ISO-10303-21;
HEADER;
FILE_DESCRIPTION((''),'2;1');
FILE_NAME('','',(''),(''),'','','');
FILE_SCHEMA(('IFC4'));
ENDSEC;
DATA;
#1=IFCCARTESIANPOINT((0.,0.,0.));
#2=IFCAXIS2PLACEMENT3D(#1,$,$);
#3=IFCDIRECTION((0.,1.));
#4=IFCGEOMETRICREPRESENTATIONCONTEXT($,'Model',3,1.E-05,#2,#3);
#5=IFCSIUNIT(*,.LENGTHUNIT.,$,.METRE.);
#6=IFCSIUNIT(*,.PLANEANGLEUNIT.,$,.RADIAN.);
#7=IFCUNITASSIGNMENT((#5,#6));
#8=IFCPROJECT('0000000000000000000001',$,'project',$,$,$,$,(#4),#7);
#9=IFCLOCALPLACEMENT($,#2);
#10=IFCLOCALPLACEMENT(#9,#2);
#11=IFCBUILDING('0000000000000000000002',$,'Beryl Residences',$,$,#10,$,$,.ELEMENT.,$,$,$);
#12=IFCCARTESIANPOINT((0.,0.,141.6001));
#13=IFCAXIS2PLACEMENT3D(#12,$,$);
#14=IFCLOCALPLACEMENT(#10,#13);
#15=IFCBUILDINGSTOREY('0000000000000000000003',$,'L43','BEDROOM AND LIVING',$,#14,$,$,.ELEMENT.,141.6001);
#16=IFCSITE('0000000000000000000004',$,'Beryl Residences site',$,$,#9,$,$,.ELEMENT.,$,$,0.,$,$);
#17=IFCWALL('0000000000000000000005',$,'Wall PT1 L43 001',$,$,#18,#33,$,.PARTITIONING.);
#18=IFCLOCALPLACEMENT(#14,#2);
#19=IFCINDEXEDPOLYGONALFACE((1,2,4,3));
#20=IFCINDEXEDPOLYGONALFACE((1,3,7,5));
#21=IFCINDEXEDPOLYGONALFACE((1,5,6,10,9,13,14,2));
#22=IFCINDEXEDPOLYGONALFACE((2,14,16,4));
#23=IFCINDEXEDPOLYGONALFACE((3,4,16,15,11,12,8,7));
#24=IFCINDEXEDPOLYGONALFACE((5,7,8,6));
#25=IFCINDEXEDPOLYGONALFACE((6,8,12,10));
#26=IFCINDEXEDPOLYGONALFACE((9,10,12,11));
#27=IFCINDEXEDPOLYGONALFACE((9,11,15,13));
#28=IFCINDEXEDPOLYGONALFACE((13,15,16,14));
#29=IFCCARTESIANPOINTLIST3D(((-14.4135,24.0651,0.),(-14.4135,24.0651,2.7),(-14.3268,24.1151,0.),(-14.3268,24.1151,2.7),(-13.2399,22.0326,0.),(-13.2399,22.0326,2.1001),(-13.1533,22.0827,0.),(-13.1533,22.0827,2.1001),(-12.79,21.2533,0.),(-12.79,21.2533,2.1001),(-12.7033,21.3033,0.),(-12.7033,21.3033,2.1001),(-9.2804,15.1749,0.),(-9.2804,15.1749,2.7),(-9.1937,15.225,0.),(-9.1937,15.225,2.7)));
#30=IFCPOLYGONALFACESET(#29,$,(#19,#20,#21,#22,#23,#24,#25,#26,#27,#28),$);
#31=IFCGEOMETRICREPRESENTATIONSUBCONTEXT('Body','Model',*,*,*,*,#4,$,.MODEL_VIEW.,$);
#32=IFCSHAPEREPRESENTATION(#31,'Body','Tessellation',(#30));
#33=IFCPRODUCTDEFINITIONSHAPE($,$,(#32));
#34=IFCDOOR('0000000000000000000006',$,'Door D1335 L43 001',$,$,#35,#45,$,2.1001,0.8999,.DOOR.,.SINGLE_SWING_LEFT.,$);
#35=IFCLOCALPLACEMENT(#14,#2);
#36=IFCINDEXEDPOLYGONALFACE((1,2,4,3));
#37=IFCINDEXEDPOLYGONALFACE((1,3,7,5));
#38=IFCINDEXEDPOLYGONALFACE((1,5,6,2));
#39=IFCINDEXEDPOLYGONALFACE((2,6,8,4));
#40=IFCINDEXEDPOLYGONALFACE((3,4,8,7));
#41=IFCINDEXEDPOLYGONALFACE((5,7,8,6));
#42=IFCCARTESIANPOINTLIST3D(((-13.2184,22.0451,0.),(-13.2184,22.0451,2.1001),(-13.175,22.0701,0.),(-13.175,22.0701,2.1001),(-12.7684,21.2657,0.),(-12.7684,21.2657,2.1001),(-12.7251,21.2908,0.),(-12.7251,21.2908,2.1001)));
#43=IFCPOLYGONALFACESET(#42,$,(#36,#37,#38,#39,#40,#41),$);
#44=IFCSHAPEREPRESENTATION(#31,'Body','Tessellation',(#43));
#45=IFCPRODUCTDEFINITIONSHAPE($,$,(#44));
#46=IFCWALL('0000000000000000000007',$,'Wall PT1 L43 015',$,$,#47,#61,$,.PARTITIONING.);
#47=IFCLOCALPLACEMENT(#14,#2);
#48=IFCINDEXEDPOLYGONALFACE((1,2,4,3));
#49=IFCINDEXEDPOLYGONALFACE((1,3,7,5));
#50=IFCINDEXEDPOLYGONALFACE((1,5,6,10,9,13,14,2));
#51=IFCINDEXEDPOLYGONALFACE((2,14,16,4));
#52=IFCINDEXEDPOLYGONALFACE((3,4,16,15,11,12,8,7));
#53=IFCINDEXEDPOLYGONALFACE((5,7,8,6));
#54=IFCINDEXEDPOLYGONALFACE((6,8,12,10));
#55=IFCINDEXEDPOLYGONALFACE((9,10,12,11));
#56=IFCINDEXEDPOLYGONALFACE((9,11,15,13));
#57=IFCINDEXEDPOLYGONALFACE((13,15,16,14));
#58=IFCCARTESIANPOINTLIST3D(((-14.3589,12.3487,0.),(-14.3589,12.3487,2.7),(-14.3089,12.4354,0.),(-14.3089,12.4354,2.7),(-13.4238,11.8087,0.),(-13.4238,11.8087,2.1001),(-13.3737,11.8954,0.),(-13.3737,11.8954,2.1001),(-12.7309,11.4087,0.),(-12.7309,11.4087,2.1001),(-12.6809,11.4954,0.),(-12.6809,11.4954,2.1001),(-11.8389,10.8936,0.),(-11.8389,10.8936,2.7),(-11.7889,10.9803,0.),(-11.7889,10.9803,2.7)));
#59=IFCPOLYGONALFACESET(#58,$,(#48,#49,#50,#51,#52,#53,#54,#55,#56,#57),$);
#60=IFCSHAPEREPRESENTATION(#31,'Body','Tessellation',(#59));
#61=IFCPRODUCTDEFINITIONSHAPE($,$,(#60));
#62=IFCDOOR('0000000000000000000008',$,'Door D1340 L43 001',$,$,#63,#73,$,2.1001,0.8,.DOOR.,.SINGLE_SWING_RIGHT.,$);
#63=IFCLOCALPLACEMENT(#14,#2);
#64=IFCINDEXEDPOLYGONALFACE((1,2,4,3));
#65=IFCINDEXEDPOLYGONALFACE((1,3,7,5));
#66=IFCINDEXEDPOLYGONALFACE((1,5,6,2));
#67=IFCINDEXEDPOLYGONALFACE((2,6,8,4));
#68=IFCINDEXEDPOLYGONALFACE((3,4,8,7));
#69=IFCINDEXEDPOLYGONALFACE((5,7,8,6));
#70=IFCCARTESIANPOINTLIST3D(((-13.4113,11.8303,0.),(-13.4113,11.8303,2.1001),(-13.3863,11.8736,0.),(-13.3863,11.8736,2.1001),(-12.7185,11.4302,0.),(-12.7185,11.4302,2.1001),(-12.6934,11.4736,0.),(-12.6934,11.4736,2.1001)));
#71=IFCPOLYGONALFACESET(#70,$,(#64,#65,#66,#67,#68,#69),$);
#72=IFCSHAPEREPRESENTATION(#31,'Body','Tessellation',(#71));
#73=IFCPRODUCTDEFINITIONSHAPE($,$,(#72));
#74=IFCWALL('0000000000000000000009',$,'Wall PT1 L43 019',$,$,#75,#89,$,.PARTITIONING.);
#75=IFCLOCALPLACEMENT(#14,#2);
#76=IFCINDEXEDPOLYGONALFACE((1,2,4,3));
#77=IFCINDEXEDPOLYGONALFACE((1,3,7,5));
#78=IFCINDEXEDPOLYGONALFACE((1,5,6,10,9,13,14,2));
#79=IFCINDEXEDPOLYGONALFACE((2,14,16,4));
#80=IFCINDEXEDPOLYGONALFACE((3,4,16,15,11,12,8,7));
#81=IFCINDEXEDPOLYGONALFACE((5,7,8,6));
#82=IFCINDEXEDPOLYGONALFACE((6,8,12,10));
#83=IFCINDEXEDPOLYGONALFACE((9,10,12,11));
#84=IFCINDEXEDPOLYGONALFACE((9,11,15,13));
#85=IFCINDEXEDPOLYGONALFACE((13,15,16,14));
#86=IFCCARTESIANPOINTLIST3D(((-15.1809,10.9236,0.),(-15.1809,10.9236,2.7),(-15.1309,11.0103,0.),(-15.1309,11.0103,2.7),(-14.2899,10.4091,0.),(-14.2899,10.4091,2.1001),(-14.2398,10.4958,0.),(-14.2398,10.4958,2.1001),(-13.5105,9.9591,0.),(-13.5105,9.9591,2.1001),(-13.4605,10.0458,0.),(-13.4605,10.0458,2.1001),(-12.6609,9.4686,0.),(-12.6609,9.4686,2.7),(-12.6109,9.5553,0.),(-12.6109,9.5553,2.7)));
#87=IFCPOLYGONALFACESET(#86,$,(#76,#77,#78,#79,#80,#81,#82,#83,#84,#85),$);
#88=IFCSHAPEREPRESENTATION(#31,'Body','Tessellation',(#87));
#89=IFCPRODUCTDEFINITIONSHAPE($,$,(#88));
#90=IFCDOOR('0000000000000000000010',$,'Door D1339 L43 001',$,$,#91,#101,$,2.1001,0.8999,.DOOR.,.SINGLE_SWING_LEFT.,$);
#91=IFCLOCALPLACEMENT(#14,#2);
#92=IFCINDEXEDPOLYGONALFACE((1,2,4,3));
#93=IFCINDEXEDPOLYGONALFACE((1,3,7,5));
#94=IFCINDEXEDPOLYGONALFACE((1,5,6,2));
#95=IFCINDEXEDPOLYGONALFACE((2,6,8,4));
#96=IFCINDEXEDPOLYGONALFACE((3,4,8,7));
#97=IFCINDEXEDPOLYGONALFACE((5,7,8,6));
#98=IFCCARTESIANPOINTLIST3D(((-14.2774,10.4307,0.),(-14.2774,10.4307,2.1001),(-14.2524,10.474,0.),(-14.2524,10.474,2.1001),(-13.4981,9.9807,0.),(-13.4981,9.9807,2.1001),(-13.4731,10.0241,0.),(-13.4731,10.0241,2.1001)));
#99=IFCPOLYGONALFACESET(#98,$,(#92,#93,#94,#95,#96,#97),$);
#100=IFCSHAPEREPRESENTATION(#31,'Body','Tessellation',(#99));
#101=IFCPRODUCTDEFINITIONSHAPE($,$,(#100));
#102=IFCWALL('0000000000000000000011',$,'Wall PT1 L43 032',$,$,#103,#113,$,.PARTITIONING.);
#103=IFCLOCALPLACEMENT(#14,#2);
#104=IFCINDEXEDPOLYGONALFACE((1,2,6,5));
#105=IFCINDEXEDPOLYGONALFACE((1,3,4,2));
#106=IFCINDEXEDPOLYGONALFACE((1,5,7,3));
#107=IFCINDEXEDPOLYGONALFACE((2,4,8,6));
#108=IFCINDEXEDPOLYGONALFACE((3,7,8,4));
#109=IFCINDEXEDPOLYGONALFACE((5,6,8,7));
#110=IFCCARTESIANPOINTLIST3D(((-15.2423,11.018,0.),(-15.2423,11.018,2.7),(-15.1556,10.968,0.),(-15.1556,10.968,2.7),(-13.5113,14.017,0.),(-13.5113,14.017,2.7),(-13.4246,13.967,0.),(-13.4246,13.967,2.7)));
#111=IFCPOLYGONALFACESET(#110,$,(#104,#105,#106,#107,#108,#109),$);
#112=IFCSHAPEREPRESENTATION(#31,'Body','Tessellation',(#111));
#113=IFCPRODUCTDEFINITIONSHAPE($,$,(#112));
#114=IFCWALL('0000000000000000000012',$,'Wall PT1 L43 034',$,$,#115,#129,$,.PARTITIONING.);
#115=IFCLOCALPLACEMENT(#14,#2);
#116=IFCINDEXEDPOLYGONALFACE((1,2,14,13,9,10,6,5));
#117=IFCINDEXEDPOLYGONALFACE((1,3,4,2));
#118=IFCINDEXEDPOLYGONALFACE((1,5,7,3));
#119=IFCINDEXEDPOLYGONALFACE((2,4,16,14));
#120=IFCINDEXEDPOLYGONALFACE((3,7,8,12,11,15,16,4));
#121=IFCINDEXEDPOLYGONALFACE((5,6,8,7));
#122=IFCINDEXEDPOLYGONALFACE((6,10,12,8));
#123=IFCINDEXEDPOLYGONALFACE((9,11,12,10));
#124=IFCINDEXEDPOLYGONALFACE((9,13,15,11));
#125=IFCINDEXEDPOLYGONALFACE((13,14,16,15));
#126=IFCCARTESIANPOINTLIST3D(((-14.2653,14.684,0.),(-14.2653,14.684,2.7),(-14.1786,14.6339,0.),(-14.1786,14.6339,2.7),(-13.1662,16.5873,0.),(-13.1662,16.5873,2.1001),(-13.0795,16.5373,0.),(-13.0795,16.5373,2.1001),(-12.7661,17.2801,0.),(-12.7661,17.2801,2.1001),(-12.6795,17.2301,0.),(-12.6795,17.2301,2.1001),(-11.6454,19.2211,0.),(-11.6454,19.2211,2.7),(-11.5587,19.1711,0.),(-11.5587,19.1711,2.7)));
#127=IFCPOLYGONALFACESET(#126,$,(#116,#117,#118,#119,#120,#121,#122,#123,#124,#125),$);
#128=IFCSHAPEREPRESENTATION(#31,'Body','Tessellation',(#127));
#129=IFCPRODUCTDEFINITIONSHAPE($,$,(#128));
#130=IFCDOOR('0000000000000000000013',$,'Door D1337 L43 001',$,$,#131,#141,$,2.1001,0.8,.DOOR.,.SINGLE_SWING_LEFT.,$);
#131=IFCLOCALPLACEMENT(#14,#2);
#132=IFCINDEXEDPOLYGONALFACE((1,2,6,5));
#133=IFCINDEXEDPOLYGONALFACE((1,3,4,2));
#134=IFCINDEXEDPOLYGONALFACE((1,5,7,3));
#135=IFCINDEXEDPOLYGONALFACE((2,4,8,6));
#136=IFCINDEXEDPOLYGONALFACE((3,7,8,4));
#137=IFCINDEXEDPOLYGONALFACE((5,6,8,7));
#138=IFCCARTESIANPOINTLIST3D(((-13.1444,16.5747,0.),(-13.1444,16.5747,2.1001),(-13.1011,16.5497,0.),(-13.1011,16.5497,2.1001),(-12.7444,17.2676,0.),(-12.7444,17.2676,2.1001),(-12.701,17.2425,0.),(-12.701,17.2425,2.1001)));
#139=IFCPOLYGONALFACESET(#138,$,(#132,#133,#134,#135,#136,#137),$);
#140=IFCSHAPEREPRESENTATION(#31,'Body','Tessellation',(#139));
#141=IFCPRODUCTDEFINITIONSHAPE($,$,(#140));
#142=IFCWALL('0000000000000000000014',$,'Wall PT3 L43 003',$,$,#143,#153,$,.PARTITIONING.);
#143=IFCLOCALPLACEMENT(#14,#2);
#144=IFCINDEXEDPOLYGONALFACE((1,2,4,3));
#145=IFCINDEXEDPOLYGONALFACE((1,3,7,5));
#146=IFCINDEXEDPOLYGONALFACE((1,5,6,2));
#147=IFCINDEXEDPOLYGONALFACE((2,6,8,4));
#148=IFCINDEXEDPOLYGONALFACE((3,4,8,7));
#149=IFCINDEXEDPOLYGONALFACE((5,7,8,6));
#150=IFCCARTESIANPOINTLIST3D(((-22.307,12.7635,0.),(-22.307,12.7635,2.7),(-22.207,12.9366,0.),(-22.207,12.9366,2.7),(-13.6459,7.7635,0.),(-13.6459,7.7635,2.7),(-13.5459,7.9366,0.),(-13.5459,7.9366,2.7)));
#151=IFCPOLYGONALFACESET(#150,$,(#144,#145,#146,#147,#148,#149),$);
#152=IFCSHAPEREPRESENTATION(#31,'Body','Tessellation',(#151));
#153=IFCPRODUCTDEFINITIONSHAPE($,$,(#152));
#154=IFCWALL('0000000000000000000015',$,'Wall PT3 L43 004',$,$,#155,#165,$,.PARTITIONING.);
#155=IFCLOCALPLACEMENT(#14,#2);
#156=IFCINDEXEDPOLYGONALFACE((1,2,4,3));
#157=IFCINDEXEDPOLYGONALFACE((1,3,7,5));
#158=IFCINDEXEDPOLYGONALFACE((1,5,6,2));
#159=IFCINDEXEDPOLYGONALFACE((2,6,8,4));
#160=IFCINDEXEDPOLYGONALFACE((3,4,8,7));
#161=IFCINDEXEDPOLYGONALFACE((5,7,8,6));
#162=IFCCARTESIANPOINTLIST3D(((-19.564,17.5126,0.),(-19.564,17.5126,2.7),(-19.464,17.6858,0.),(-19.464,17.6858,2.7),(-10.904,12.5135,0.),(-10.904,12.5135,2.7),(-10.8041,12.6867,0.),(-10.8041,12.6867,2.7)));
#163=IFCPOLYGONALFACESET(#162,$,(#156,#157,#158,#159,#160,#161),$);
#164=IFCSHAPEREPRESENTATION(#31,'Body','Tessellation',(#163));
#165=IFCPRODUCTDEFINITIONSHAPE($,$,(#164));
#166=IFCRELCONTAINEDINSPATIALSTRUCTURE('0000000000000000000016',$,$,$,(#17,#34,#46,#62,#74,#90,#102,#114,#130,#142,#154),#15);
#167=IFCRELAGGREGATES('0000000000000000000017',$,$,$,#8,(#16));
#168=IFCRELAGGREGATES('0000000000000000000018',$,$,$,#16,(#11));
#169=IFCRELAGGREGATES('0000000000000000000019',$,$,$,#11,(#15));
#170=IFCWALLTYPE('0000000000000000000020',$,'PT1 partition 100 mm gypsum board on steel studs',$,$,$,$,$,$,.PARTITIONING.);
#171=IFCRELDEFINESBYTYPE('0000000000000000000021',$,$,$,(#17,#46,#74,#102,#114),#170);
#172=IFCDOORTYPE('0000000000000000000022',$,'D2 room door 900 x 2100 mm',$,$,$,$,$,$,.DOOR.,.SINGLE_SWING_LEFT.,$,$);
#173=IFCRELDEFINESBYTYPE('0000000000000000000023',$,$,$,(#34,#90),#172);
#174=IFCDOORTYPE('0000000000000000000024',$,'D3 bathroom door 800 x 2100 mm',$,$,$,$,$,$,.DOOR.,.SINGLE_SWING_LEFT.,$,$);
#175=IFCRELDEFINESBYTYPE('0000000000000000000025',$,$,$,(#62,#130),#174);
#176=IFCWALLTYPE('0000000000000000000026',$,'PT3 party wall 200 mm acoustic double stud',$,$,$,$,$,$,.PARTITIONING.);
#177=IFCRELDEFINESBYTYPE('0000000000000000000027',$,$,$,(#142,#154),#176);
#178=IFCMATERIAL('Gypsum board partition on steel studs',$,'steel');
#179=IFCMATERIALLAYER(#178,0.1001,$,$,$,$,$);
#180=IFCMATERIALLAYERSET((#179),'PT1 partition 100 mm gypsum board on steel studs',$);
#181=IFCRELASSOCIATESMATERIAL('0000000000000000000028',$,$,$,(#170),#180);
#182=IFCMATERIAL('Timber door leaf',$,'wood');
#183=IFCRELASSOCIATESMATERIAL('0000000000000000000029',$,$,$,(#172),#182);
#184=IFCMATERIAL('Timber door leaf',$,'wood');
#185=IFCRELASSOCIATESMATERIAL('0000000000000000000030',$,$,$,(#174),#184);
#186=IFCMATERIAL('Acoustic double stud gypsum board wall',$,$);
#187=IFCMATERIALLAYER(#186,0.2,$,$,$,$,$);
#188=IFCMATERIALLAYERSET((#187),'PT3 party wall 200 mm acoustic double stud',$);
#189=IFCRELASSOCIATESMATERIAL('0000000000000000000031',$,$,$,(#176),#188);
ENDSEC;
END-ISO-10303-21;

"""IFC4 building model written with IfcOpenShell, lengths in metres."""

from ifc_helpers import new_model, si_unit, direction, frame, frame_2d, origin, place, context, subcontext, project, spatial, rectangle, extrude, material, layer, layer_set, type_object, element, fill, save


model = new_model("IFC4")

# Units and contexts
model_context = context("Model", 3, precision=1e-05, world=origin(), true_north=direction((0.0, 1.0)))
body_context = subcontext(model_context, "Body", "Model", "MODEL_VIEW")
ifc_project = project(units=[si_unit("LENGTHUNIT", "METRE"), si_unit("PLANEANGLEUNIT", "RADIAN")], contexts=[model_context])

# Site, building, storey
site_placement = place(None, origin())
site = spatial("IfcSite", under=ifc_project, at=site_placement, Name="Beryl Residences site", CompositionType="ELEMENT", RefElevation=0.0)
building_placement = place(site_placement, origin())
building = spatial("IfcBuilding", under=site, at=building_placement, Name="Beryl Residences", CompositionType="ELEMENT")
storey_placement = place(building_placement, frame((0.0, 0.0, 141.6001)))
storey = spatial("IfcBuildingStorey", under=building, at=storey_placement, Name="L43", Description="BEDROOM AND LIVING", CompositionType="ELEMENT", Elevation=141.6001)

# Walls, openings, doors
ifc_material_1 = material(Name="Gypsum board partition on steel studs", Category="steel")
ifc_layer_1 = layer(ifc_material_1, 0.1001)
ifc_layer_set_1 = layer_set([ifc_layer_1], Name="PT1 partition 100 mm gypsum board on steel studs")
wall_type_1 = type_object("IfcWallType", Name="PT1 partition 100 mm gypsum board on steel studs", PredefinedType="PARTITIONING", material=ifc_layer_set_1)
wall_1_placement = place(storey_placement, frame((-14.3701, 24.0901, 0.0), z_axis=(0.0, 0.0, 1.0), x_axis=(0.500024, -0.866011, 0.0)))
wall_1 = element("IfcWall", 1, at=wall_1_placement, inside=storey, type_object=wall_type_1, Name="Wall PT1 L43 001", PredefinedType="PARTITIONING", context=body_context, shape_type="SweptSolid", body=[
    extrude(rectangle(XDim=10.2656, YDim=0.1001, at=frame_2d((5.1328, 0.0))), origin(), (0.0, 0.0, 1.0), 2.7),
])
opening_1_placement = place(wall_1_placement, frame((2.3469, 0.0, 0.0)))
opening_1 = element("IfcOpeningElement", 2, at=opening_1_placement, cuts=wall_1, PredefinedType="OPENING", context=body_context, shape_type="SweptSolid", body=[
    extrude(rectangle(XDim=0.8999, YDim=2.1001, at=frame_2d((0.45, 1.05))), frame((0.0, 0.0601, 0.0), z_axis=(0.0, -1.0, 0.0), x_axis=(1.0, 0.0, 0.0)), (0.0, 0.0, 1.0), 0.1201),
])
ifc_material_2 = material(Name="Timber door leaf", Category="wood")
door_type_1 = type_object("IfcDoorType", Name="D2 room door 900 x 2100 mm", OperationType="SINGLE_SWING_LEFT", PredefinedType="DOOR", material=ifc_material_2)
door_1_placement = place(opening_1_placement, origin())
door_1 = element("IfcDoor", 3, at=door_1_placement, inside=storey, type_object=door_type_1, Name="Door D1335 L43 001", OperationType="SINGLE_SWING_LEFT", OverallHeight=2.1001, OverallWidth=0.8999, PredefinedType="DOOR", context=body_context, shape_type="SweptSolid", body=[
    extrude(rectangle(XDim=0.8999, YDim=2.1001, at=frame_2d((0.45, 1.05))), frame((0.0, 0.0249, 0.0), z_axis=(0.0, -1.0, 0.0), x_axis=(1.0, 0.0, 0.0)), (0.0, 0.0, 1.0), 0.05),
])
fill(opening_1, door_1)
wall_2_placement = place(storey_placement, frame((-14.334, 12.3921, 0.0), z_axis=(0.0, 0.0, 1.0), x_axis=(0.866004, -0.500037, 0.0)))
wall_2 = element("IfcWall", 4, at=wall_2_placement, inside=storey, type_object=wall_type_1, Name="Wall PT1 L43 015", PredefinedType="PARTITIONING", context=body_context, shape_type="SweptSolid", body=[
    extrude(rectangle(XDim=2.9099, YDim=0.1001, at=frame_2d((1.4551, 0.0))), origin(), (0.0, 0.0, 1.0), 2.7),
])
opening_2_placement = place(wall_2_placement, frame((1.0801, 0.0, 0.0)))
opening_2 = element("IfcOpeningElement", 5, at=opening_2_placement, cuts=wall_2, PredefinedType="OPENING", context=body_context, shape_type="SweptSolid", body=[
    extrude(rectangle(XDim=0.8, YDim=2.1001, at=frame_2d((0.3999, 1.05))), frame((0.0, 0.0601, 0.0), z_axis=(0.0, -1.0, 0.0), x_axis=(1.0, 0.0, 0.0)), (0.0, 0.0, 1.0), 0.1201),
])
ifc_material_3 = material(Name="Timber door leaf", Category="wood")
door_type_2 = type_object("IfcDoorType", Name="D3 bathroom door 800 x 2100 mm", OperationType="SINGLE_SWING_LEFT", PredefinedType="DOOR", material=ifc_material_3)
door_2_placement = place(opening_2_placement, origin())
door_2 = element("IfcDoor", 6, at=door_2_placement, inside=storey, type_object=door_type_2, Name="Door D1340 L43 001", OperationType="SINGLE_SWING_RIGHT", OverallHeight=2.1001, OverallWidth=0.8, PredefinedType="DOOR", context=body_context, shape_type="SweptSolid", body=[
    extrude(rectangle(XDim=0.8, YDim=2.1001, at=frame_2d((0.3999, 1.05))), frame((0.0, 0.0249, 0.0), z_axis=(0.0, -1.0, 0.0), x_axis=(1.0, 0.0, 0.0)), (0.0, 0.0, 1.0), 0.05),
])
fill(opening_2, door_2)
wall_3_placement = place(storey_placement, frame((-15.156, 10.967, 0.0), z_axis=(0.0, 0.0, 1.0), x_axis=(0.866004, -0.500037, 0.0)))
wall_3 = element("IfcWall", 7, at=wall_3_placement, inside=storey, type_object=wall_type_1, Name="Wall PT1 L43 019", PredefinedType="PARTITIONING", context=body_context, shape_type="SweptSolid", body=[
    extrude(rectangle(XDim=2.9099, YDim=0.1001, at=frame_2d((1.4551, 0.0))), origin(), (0.0, 0.0, 1.0), 2.7),
])
opening_3_placement = place(wall_3_placement, frame((1.0291, 0.0, 0.0)))
opening_3 = element("IfcOpeningElement", 8, at=opening_3_placement, cuts=wall_3, PredefinedType="OPENING", context=body_context, shape_type="SweptSolid", body=[
    extrude(rectangle(XDim=0.8999, YDim=2.1001, at=frame_2d((0.45, 1.05))), frame((0.0, 0.0601, 0.0), z_axis=(0.0, -1.0, 0.0), x_axis=(1.0, 0.0, 0.0)), (0.0, 0.0, 1.0), 0.1201),
])
door_3_placement = place(opening_3_placement, origin())
door_3 = element("IfcDoor", 9, at=door_3_placement, inside=storey, type_object=door_type_1, Name="Door D1339 L43 001", OperationType="SINGLE_SWING_LEFT", OverallHeight=2.1001, OverallWidth=0.8999, PredefinedType="DOOR", context=body_context, shape_type="SweptSolid", body=[
    extrude(rectangle(XDim=0.8999, YDim=2.1001, at=frame_2d((0.45, 1.05))), frame((0.0, 0.0249, 0.0), z_axis=(0.0, -1.0, 0.0), x_axis=(1.0, 0.0, 0.0)), (0.0, 0.0, 1.0), 0.05),
])
fill(opening_3, door_3)

# Wall
wall_4_placement = place(storey_placement, frame((-15.199, 10.9929, 0.0), z_axis=(0.0, 0.0, 1.0), x_axis=(0.499885, 0.866092, 0.0)))
element("IfcWall", 10, at=wall_4_placement, inside=storey, type_object=wall_type_1, Name="Wall PT1 L43 032", PredefinedType="PARTITIONING", context=body_context, shape_type="SweptSolid", body=[
    extrude(rectangle(XDim=3.4626, YDim=0.1001, at=frame_2d((1.7314, 0.0))), origin(), (0.0, 0.0, 1.0), 2.7),
])

# Wall, opening, door
wall_5_placement = place(storey_placement, frame((-14.2219, 14.6589, 0.0), z_axis=(0.0, 0.0, 1.0), x_axis=(0.500053, 0.865995, 0.0)))
wall_5 = element("IfcWall", 11, at=wall_5_placement, inside=storey, type_object=wall_type_1, Name="Wall PT1 L43 034", PredefinedType="PARTITIONING", context=body_context, shape_type="SweptSolid", body=[
    extrude(rectangle(XDim=5.2393, YDim=0.1001, at=frame_2d((2.6196, 0.0))), origin(), (0.0, 0.0, 1.0), 2.7),
])
opening_4_placement = place(wall_5_placement, frame((2.198, 0.0, 0.0)))
opening_4 = element("IfcOpeningElement", 12, at=opening_4_placement, cuts=wall_5, PredefinedType="OPENING", context=body_context, shape_type="SweptSolid", body=[
    extrude(rectangle(XDim=0.8, YDim=2.1001, at=frame_2d((0.3999, 1.05))), frame((0.0, 0.0601, 0.0), z_axis=(0.0, -1.0, 0.0), x_axis=(1.0, 0.0, 0.0)), (0.0, 0.0, 1.0), 0.1201),
])
door_4_placement = place(opening_4_placement, origin())
door_4 = element("IfcDoor", 13, at=door_4_placement, inside=storey, type_object=door_type_2, Name="Door D1337 L43 001", OperationType="SINGLE_SWING_LEFT", OverallHeight=2.1001, OverallWidth=0.8, PredefinedType="DOOR", context=body_context, shape_type="SweptSolid", body=[
    extrude(rectangle(XDim=0.8, YDim=2.1001, at=frame_2d((0.3999, 1.05))), frame((0.0, 0.0249, 0.0), z_axis=(0.0, -1.0, 0.0), x_axis=(1.0, 0.0, 0.0)), (0.0, 0.0, 1.0), 0.05),
])
fill(opening_4, door_4)

# Walls
ifc_material_4 = material(Name="Acoustic double stud gypsum board wall")
ifc_layer_2 = layer(ifc_material_4, 0.2)
ifc_layer_set_2 = layer_set([ifc_layer_2], Name="PT3 party wall 200 mm acoustic double stud")
wall_type_2 = type_object("IfcWallType", Name="PT3 party wall 200 mm acoustic double stud", PredefinedType="PARTITIONING", material=ifc_layer_set_2)
wall_6_placement = place(storey_placement, frame((-22.2571, 12.8501, 0.0), z_axis=(0.0, 0.0, 1.0), x_axis=(0.866047, -0.499962, 0.0)))
element("IfcWall", 14, at=wall_6_placement, inside=storey, type_object=wall_type_2, Name="Wall PT3 L43 003", PredefinedType="PARTITIONING", context=body_context, shape_type="SweptSolid", body=[
    extrude(rectangle(XDim=10.0007, YDim=0.2, at=frame_2d((5.0005, 0.0))), origin(), (0.0, 0.0, 1.0), 2.7),
])
wall_7_placement = place(storey_placement, frame((-19.5139, 17.5991, 0.0), z_axis=(0.0, 0.0, 1.0), x_axis=(0.866059, -0.499942, 0.0)))
element("IfcWall", 15, at=wall_7_placement, inside=storey, type_object=wall_type_2, Name="Wall PT3 L43 004", PredefinedType="PARTITIONING", context=body_context, shape_type="SweptSolid", body=[
    extrude(rectangle(XDim=9.9993, YDim=0.2, at=frame_2d((4.9995, 0.0))), origin(), (0.0, 0.0, 1.0), 2.7),
])

save(model, "model.ifc")
